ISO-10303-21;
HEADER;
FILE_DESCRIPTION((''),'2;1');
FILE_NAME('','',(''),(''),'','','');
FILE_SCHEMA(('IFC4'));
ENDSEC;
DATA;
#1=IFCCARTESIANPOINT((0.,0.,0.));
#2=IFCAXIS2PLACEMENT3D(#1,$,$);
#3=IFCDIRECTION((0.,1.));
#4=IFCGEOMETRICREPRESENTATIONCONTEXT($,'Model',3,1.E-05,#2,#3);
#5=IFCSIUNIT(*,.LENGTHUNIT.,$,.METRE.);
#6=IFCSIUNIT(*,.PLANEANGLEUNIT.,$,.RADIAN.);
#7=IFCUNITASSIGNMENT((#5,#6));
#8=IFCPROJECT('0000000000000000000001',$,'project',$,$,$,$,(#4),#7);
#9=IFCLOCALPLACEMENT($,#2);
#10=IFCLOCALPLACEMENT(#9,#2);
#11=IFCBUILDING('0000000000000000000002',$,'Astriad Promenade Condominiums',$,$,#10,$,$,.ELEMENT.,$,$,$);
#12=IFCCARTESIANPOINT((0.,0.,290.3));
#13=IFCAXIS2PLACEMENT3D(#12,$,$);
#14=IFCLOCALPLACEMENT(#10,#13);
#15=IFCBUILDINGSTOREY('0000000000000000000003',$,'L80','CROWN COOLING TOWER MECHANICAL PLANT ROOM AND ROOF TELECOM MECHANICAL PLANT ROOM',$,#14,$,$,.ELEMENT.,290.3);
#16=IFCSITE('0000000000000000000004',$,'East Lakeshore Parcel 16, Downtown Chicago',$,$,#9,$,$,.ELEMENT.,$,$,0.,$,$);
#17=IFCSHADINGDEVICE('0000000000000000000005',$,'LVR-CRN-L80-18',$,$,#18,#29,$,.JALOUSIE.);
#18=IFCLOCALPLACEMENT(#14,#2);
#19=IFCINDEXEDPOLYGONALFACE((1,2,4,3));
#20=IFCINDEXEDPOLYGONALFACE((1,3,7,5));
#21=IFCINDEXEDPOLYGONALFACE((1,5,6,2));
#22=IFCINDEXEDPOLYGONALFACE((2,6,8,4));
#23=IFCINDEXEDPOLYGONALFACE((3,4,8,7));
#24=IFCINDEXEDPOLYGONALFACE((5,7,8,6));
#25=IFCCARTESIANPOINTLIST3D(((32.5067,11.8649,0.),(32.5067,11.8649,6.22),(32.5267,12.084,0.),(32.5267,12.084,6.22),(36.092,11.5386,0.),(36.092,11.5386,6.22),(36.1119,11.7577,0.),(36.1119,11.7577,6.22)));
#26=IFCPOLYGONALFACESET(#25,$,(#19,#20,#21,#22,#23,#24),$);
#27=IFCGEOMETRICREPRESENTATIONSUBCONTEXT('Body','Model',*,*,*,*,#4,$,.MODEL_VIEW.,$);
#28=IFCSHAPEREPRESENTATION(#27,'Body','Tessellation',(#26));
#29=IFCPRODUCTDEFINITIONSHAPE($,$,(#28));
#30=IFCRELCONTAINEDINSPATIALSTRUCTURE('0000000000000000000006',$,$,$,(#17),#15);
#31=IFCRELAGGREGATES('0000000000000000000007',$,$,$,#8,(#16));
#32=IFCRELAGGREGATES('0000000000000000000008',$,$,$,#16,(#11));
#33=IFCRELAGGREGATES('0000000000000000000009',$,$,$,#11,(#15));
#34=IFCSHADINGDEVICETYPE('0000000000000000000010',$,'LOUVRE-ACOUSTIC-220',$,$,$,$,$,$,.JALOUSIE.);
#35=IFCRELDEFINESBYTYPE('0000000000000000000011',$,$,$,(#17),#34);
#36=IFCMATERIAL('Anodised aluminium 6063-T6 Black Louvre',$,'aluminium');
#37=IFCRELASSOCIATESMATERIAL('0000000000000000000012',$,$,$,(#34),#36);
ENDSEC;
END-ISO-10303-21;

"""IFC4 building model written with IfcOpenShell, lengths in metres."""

from ifc_helpers import new_model, si_unit, direction, frame, origin, origin_2d, place, context, subcontext, project, spatial, rectangle, extrude, source, transform, mapped, material, type_object, type_shapes, element, save


model = new_model("IFC4")

# Units and contexts
model_context = context("Model", 3, precision=1e-05, world=origin(), true_north=direction((0.0, 1.0)))
body_context = subcontext(model_context, "Body", "Model", "MODEL_VIEW")
ifc_project = project(units=[si_unit("LENGTHUNIT", "METRE"), si_unit("PLANEANGLEUNIT", "RADIAN")], contexts=[model_context])

# Site, building, storey
site_placement = place(None, origin())
site = spatial("IfcSite", under=ifc_project, at=site_placement, Name="East Lakeshore Parcel 16, Downtown Chicago", CompositionType="ELEMENT", RefElevation=0.0)
building_placement = place(site_placement, origin())
building = spatial("IfcBuilding", under=site, at=building_placement, Name="Astriad Promenade Condominiums", CompositionType="ELEMENT")
storey_placement = place(building_placement, frame((0.0, 0.0, 290.3)))
storey = spatial("IfcBuildingStorey", under=building, at=storey_placement, Name="L80", Description="CROWN COOLING TOWER MECHANICAL PLANT ROOM AND ROOF TELECOM MECHANICAL PLANT ROOM", CompositionType="ELEMENT", Elevation=290.3)

# Shading device
ifc_material_1 = material(Name="Anodised aluminium 6063-T6 Black Louvre", Category="aluminium")
shading_device_type_1 = type_object("IfcShadingDeviceType", Name="LOUVRE-ACOUSTIC-220", PredefinedType="JALOUSIE", material=ifc_material_1)
shared_shape_1 = source(origin(), body_context, "Body", "SweptSolid", [
    extrude(rectangle(XDim=3.6001, YDim=0.22, at=origin_2d()), origin(), (0.0, 0.0, 1.0), 6.22),
])
type_shapes(shading_device_type_1, [shared_shape_1])
shading_device_1_placement = place(storey_placement, frame((34.3093, 11.8113, 0.0), z_axis=(0.0, 0.0, 1.0), x_axis=(-0.995884, 0.090633, 0.0)))
element("IfcShadingDevice", 1, at=shading_device_1_placement, inside=storey, type_object=shading_device_type_1, Name="LVR-CRN-L80-18", PredefinedType="JALOUSIE", context=body_context, shape_type="MappedRepresentation", body=[
    mapped(shared_shape_1, transform((0.0, 0.0, 0.0), scale=1.0)),
])

save(model, "model.ifc")
